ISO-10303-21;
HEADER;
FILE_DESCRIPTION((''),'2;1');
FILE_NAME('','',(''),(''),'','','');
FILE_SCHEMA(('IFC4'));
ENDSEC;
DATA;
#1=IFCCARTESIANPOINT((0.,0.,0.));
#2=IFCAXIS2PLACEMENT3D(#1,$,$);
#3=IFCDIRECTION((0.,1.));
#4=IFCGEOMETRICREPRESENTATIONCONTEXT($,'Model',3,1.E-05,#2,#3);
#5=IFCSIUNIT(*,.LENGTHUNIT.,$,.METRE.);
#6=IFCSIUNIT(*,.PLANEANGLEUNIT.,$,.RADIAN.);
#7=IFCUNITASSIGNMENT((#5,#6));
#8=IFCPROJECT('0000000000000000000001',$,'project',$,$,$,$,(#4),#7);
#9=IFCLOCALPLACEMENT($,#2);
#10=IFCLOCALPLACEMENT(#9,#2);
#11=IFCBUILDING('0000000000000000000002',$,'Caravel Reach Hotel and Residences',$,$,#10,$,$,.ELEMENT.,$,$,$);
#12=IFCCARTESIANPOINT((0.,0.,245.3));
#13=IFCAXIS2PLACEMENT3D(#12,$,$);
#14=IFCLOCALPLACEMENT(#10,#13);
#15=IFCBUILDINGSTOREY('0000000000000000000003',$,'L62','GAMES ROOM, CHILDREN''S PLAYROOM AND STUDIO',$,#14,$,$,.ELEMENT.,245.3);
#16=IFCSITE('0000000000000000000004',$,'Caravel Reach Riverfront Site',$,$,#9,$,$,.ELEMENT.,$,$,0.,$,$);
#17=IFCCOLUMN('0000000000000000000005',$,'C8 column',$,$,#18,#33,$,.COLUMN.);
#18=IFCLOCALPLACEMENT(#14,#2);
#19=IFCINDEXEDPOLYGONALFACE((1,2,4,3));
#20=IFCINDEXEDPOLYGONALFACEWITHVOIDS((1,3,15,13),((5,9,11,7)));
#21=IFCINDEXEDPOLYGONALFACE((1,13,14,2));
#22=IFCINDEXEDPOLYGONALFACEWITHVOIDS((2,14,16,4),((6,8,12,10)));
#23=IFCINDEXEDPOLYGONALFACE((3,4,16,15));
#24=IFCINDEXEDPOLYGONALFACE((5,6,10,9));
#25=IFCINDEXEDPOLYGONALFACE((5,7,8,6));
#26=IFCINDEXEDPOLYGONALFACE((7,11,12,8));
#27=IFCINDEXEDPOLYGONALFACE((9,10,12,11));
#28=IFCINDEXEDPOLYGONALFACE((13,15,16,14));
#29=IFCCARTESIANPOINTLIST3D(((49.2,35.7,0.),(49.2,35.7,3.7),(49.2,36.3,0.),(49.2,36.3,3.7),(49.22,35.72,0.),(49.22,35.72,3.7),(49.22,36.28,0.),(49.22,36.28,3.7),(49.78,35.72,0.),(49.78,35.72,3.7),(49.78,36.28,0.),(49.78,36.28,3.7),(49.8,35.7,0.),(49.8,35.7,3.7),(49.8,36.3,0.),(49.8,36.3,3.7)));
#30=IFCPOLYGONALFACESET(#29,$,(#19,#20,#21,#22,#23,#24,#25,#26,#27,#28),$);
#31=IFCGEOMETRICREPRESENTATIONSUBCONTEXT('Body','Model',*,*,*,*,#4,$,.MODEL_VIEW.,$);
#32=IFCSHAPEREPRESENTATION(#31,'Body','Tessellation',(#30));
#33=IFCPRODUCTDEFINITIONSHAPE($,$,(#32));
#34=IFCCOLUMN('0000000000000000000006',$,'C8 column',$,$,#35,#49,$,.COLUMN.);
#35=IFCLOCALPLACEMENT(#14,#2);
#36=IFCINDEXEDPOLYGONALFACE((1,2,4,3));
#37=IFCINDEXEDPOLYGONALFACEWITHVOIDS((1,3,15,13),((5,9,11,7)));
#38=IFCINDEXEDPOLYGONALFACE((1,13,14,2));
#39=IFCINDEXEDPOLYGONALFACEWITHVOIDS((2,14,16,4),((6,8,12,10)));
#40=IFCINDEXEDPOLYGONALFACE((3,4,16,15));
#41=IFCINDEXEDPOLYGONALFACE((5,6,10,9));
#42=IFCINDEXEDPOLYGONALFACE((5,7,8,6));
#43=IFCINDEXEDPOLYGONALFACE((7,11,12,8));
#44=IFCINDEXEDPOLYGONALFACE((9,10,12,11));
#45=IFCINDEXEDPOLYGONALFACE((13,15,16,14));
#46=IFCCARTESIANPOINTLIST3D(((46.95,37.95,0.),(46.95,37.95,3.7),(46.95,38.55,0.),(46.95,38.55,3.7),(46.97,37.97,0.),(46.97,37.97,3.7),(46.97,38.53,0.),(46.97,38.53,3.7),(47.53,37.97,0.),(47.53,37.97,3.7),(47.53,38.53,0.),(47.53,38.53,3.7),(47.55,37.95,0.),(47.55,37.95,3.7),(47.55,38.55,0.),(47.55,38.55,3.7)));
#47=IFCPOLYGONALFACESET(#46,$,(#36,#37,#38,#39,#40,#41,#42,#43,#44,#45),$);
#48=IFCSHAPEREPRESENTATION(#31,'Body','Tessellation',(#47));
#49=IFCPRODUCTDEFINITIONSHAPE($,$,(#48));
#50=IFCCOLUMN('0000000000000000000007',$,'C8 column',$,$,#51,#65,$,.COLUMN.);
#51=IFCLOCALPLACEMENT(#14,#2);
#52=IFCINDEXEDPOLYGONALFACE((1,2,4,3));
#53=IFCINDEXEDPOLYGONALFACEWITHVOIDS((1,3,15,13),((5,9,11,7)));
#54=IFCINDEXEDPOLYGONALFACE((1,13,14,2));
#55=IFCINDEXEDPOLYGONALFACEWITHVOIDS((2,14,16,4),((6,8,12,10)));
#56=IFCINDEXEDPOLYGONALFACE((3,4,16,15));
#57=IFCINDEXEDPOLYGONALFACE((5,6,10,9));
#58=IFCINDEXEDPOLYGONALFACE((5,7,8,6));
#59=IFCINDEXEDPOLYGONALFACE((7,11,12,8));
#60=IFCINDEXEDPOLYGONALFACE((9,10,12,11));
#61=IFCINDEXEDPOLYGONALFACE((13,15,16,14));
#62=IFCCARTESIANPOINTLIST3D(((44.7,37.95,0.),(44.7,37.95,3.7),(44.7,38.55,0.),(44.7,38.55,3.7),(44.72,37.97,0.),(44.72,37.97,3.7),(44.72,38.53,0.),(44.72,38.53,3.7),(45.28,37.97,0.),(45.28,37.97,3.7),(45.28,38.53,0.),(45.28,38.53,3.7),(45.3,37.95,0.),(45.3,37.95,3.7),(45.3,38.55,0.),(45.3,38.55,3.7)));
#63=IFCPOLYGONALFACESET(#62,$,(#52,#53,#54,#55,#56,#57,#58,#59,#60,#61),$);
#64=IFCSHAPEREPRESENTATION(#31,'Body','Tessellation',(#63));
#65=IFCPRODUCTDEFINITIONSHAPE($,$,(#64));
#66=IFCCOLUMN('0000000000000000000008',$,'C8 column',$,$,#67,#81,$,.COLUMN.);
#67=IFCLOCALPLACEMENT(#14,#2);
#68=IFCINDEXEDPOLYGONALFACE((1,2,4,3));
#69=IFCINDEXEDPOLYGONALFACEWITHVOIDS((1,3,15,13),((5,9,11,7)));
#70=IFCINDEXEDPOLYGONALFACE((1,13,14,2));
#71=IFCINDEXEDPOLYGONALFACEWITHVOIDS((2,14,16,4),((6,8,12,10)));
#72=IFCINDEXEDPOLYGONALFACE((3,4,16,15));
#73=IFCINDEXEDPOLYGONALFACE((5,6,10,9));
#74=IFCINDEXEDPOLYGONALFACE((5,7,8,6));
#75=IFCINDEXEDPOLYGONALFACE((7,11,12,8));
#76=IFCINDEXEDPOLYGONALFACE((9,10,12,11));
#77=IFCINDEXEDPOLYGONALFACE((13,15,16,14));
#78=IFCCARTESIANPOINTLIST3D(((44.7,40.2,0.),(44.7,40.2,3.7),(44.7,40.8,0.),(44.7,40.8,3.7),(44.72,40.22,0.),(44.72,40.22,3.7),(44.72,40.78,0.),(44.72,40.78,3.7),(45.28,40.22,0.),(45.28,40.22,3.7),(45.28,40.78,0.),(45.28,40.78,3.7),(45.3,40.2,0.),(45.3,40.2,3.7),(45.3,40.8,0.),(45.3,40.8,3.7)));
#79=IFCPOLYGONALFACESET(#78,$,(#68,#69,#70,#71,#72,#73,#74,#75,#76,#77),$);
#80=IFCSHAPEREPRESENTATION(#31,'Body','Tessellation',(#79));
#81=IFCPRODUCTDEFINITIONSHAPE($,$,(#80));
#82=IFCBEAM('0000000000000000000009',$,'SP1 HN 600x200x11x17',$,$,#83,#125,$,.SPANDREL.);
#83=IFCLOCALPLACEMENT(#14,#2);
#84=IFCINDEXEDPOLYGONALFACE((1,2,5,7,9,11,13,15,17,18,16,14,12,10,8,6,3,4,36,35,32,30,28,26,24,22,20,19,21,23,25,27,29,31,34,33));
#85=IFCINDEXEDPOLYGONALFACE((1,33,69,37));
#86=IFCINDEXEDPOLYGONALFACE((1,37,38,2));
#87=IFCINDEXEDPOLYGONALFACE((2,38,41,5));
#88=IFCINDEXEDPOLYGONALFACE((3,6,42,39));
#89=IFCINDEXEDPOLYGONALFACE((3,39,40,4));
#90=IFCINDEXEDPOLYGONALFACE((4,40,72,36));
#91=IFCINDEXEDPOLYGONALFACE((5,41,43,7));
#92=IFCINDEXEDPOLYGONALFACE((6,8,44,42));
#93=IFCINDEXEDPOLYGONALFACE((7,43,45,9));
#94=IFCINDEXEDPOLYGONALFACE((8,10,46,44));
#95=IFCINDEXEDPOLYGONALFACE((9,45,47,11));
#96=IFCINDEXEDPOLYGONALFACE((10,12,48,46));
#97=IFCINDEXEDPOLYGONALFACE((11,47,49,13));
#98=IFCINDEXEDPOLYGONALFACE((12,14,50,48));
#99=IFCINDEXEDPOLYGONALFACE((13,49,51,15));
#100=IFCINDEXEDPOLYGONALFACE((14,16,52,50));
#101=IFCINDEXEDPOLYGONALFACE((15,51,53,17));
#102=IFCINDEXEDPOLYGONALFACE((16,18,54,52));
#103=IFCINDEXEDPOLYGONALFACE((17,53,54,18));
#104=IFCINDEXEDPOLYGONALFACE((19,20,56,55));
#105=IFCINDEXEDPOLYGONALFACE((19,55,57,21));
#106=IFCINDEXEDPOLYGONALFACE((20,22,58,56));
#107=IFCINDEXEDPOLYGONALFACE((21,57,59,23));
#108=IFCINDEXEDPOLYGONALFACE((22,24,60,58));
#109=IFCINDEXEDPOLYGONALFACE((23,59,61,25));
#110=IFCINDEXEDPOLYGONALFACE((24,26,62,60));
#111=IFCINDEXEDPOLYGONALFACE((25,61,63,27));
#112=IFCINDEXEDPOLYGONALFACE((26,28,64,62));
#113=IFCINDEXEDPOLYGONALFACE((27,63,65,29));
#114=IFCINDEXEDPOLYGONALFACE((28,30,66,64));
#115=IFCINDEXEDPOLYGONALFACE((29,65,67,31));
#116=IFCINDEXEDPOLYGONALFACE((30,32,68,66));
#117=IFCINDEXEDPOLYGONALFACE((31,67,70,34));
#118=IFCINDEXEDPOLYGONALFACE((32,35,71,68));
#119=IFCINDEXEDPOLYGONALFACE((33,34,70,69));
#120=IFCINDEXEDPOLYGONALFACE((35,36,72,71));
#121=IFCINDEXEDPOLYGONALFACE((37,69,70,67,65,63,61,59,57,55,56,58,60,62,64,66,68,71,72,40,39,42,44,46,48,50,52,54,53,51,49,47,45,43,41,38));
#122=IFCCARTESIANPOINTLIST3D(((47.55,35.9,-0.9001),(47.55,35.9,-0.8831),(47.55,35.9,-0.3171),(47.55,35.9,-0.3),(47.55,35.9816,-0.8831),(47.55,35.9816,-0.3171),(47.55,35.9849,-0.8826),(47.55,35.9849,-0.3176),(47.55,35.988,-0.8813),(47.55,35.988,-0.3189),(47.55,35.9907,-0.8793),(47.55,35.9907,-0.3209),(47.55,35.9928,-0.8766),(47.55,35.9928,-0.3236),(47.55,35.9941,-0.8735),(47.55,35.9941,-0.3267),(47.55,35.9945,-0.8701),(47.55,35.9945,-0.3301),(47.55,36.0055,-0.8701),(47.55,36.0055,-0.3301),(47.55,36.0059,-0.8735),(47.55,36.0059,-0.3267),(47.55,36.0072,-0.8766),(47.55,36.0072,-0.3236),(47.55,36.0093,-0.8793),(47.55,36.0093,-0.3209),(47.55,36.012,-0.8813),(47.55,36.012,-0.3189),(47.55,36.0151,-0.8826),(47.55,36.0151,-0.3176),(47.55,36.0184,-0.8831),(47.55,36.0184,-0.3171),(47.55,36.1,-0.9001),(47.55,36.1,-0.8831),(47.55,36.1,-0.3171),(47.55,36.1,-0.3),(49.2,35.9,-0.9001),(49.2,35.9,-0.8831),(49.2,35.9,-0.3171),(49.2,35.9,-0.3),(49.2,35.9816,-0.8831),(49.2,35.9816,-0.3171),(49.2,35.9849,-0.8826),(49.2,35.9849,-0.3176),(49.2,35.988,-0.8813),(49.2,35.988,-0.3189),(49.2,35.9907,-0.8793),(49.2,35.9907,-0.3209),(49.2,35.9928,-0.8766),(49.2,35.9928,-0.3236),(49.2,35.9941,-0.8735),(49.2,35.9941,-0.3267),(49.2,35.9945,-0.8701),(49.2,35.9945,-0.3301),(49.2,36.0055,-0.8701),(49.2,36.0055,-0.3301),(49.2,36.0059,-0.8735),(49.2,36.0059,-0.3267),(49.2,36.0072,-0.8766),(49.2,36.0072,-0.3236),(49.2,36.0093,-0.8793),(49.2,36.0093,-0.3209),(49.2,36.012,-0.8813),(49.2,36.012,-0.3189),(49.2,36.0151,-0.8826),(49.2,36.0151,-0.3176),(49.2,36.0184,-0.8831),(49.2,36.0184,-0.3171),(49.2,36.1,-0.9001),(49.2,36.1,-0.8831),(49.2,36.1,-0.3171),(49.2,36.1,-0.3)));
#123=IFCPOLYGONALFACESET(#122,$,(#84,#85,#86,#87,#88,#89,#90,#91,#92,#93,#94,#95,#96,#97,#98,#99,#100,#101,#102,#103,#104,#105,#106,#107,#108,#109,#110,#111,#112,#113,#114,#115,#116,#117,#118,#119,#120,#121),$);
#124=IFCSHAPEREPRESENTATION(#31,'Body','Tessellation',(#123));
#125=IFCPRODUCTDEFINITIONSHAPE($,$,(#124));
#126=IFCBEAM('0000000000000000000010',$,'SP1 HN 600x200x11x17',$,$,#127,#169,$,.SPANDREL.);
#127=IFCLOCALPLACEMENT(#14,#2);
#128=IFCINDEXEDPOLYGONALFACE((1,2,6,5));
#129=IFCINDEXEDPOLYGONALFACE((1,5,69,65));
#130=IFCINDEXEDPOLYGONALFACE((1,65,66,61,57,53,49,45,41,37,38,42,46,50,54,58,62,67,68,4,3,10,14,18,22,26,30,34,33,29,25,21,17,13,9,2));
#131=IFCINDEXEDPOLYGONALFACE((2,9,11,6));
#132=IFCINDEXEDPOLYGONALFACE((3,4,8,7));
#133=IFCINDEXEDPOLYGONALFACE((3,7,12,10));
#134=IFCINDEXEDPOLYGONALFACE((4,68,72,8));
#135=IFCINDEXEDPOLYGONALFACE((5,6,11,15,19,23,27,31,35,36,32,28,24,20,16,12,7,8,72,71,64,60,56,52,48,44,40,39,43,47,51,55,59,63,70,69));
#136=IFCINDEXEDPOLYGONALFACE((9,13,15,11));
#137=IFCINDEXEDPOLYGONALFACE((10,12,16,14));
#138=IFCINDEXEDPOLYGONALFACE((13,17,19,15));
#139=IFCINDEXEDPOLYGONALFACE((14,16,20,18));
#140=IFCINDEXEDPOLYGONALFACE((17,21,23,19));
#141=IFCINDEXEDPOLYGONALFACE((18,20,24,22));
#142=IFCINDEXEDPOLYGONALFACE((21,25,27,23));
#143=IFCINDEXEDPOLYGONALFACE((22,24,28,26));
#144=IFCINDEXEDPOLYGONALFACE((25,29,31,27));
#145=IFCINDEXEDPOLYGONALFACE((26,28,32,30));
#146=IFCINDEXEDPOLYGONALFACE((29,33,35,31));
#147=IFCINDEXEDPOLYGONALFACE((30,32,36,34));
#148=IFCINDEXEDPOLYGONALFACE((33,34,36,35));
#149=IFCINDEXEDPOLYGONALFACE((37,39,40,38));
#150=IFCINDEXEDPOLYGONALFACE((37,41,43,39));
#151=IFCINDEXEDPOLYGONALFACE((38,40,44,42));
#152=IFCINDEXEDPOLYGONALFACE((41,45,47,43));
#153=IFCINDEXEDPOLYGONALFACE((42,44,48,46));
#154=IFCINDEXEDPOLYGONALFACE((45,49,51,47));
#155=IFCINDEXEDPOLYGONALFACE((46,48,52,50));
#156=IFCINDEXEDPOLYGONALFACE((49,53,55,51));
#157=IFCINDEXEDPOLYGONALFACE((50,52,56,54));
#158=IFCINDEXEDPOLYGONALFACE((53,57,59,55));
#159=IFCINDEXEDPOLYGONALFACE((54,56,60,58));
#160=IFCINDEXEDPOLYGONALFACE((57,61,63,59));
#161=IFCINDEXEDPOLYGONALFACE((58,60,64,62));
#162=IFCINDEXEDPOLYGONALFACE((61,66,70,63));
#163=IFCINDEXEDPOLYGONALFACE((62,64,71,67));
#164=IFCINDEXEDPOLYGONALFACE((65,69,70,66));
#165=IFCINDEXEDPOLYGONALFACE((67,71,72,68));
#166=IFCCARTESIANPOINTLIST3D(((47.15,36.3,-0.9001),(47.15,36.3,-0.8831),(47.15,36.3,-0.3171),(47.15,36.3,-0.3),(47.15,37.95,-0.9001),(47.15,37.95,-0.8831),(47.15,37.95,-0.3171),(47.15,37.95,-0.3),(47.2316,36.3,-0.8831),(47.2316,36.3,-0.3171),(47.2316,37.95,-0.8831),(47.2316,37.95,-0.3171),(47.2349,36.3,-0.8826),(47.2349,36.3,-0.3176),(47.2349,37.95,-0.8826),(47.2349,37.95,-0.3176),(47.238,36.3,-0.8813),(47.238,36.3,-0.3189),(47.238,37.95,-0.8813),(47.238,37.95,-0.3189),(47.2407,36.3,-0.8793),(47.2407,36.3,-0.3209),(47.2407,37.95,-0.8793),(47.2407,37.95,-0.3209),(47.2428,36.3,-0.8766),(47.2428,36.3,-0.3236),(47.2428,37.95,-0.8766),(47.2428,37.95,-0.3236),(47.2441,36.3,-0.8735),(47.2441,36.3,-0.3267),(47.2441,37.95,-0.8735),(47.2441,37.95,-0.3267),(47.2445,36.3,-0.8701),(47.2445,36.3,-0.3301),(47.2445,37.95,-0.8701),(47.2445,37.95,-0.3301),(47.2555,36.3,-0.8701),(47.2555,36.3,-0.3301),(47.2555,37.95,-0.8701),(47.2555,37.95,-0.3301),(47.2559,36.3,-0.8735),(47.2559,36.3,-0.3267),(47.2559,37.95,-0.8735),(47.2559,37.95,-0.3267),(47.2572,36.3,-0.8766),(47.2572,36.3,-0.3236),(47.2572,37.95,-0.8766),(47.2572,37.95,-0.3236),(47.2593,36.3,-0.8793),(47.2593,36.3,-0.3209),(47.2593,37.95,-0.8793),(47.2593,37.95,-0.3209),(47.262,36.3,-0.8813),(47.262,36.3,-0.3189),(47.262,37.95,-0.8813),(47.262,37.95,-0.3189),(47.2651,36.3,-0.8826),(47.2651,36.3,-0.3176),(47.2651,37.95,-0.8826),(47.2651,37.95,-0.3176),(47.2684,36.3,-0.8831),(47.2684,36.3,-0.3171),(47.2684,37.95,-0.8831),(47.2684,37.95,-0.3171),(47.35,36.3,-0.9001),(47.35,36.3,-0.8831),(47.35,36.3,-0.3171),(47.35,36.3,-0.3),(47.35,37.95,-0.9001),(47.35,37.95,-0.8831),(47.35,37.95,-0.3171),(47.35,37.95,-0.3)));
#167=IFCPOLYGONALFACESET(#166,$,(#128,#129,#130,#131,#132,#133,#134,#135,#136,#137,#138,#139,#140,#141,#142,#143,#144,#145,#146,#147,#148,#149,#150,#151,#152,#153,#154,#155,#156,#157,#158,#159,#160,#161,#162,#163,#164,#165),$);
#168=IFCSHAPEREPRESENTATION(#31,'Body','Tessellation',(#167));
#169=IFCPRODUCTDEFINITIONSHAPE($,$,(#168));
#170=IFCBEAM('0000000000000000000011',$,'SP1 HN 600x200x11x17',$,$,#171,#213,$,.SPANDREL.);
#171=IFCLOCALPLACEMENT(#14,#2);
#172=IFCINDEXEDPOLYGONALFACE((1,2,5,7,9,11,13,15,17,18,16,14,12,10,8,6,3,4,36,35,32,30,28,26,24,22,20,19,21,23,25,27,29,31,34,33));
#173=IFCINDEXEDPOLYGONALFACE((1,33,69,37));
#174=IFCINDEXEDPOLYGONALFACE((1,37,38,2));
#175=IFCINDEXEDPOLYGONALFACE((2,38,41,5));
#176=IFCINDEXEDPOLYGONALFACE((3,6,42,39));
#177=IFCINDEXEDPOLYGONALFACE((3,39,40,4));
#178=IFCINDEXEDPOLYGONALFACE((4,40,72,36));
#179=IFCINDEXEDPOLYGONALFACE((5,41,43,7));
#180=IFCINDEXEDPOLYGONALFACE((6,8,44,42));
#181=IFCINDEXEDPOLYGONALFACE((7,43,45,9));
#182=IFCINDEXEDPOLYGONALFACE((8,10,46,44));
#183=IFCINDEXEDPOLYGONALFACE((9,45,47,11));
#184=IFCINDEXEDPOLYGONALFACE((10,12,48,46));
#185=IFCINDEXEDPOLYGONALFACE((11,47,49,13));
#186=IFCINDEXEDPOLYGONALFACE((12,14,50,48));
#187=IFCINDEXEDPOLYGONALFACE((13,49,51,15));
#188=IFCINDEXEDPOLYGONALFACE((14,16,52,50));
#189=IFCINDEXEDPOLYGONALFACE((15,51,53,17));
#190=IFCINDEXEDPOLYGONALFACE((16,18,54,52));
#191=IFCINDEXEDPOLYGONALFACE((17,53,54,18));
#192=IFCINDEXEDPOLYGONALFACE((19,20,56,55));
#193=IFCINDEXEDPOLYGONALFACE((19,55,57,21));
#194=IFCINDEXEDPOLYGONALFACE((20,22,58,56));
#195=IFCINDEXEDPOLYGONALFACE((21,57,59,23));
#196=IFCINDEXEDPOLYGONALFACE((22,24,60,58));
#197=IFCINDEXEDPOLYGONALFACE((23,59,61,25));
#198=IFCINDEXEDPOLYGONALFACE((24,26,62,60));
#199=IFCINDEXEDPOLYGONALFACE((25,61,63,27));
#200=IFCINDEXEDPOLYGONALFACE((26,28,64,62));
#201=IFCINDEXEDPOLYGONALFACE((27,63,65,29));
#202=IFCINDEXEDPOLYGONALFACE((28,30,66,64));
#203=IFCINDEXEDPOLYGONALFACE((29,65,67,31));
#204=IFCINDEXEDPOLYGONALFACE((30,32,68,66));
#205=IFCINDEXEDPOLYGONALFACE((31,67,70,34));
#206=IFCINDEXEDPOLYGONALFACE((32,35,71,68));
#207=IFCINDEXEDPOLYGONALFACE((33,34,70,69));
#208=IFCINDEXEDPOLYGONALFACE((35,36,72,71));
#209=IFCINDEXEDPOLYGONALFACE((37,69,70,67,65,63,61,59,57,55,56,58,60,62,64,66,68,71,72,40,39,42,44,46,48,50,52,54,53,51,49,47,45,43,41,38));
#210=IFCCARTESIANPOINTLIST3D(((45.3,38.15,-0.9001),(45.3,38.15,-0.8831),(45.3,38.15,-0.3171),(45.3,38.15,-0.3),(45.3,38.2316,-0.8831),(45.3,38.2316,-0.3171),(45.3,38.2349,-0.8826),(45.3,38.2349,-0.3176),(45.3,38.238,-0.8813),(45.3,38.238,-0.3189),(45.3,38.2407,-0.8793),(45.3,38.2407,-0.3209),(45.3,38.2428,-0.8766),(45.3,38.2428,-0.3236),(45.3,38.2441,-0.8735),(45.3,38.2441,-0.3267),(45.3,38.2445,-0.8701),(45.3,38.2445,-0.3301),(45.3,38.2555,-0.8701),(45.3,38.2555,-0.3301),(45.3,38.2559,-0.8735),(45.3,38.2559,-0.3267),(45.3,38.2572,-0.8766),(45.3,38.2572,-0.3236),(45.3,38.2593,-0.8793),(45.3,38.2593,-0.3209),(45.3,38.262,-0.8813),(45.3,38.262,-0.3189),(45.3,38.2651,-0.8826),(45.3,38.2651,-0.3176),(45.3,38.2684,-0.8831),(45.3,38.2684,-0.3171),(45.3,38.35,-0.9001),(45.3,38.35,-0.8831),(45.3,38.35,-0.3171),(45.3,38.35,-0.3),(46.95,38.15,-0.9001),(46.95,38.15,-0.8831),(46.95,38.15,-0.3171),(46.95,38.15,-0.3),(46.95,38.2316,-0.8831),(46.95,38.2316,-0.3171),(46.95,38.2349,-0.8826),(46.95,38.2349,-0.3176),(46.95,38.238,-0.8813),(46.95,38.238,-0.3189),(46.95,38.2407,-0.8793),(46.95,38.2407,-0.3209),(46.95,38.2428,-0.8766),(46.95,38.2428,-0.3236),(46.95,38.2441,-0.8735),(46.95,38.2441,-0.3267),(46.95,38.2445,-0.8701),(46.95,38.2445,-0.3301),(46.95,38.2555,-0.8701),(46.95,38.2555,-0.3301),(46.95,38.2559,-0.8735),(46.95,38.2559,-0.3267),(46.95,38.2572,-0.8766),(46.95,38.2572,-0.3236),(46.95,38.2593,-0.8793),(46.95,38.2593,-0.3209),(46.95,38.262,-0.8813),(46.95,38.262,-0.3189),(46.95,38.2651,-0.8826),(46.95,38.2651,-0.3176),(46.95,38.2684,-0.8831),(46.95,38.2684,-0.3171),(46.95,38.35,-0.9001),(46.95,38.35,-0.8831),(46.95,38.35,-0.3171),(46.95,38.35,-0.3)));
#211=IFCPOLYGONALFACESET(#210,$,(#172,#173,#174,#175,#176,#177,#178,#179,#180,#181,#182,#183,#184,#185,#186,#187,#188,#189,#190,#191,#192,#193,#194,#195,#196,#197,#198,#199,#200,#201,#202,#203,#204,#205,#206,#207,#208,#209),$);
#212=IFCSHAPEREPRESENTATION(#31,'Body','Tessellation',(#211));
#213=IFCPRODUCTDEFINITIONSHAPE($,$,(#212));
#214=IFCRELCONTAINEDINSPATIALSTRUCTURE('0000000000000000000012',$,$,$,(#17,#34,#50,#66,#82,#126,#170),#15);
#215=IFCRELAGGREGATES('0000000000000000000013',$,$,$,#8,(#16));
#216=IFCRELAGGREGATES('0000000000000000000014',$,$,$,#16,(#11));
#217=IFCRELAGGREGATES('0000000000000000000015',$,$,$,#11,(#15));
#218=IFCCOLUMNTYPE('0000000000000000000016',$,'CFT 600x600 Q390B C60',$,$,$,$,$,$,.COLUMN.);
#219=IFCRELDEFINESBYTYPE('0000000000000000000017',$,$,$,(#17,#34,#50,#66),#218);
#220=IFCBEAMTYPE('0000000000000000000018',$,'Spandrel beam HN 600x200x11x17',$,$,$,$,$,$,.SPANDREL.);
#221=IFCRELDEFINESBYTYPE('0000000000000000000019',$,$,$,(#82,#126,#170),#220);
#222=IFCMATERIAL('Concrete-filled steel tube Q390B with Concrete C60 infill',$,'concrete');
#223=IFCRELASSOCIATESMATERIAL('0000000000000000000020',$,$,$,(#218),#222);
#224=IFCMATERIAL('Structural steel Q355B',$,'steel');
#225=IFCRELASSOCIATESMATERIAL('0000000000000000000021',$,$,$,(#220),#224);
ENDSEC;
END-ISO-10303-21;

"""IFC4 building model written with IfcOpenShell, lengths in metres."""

from ifc_helpers import new_model, si_unit, direction, frame, origin, origin_2d, place, context, subcontext, project, spatial, hollow_rectangle, i_section, extrude, material, material_profile, profile_set, type_object, element, save


model = new_model("IFC4")

# Units and contexts
model_context = context("Model", 3, precision=1e-05, world=origin(), true_north=direction((0.0, 1.0)))
body_context = subcontext(model_context, "Body", "Model", "MODEL_VIEW")
ifc_project = project(units=[si_unit("LENGTHUNIT", "METRE"), si_unit("PLANEANGLEUNIT", "RADIAN")], contexts=[model_context])

# Site, building, storey
site_placement = place(None, origin())
site = spatial("IfcSite", under=ifc_project, at=site_placement, Name="Caravel Reach Riverfront Site", CompositionType="ELEMENT", RefElevation=0.0)
building_placement = place(site_placement, origin())
building = spatial("IfcBuilding", under=site, at=building_placement, Name="Caravel Reach Hotel and Residences", CompositionType="ELEMENT")
storey_placement = place(building_placement, frame((0.0, 0.0, 245.3)))
storey = spatial("IfcBuildingStorey", under=building, at=storey_placement, Name="L62", Description="GAMES ROOM, CHILDREN'S PLAYROOM AND STUDIO", CompositionType="ELEMENT", Elevation=245.3)

# Columns
ifc_material_1 = material(Name="Concrete-filled steel tube Q390B with Concrete C60 infill", Category="concrete")
ifc_material_profile_1 = material_profile(ifc_material_1, hollow_rectangle(XDim=0.6001, YDim=0.6001, WallThickness=0.02, at=origin_2d()), Name="RHS 600x600x20")
ifc_profile_set_1 = profile_set([ifc_material_profile_1], Name="Concrete-filled steel tube Q390B with Concrete C60 infill")
column_type = type_object("IfcColumnType", Name="CFT 600x600 Q390B C60", PredefinedType="COLUMN", material=ifc_profile_set_1)
for number, where, z_axis, x_axis, name in (
    (1, (49.5, 36.0, 0.0), (0.0, 0.0, 1.0), (1.0, 0.0, 0.0), "C8 column"),
    (2, (47.25, 38.25, 0.0), (0.0, 0.0, 1.0), (1.0, 0.0, 0.0), "C8 column"),
    (3, (45.0, 38.25, 0.0), (0.0, 0.0, 1.0), (1.0, 0.0, 0.0), "C8 column"),
    (4, (45.0, 40.5, 0.0), (0.0, 0.0, 1.0), (1.0, 0.0, 0.0), "C8 column"),
):
    element("IfcColumn", number, at=place(storey_placement, frame(where, z_axis=z_axis, x_axis=x_axis)), inside=storey, type_object=column_type, Name=name, PredefinedType="COLUMN", context=body_context, shape_type="SweptSolid", body=[
        extrude(hollow_rectangle(XDim=0.6001, YDim=0.6001, WallThickness=0.02, at=origin_2d()), origin(), (0.0, 0.0, 1.0), 3.7),
    ])

# Beams
ifc_material_2 = material(Name="Structural steel Q355B", Category="steel")
ifc_material_profile_2 = material_profile(ifc_material_2, i_section(OverallWidth=0.2, OverallDepth=0.6001, WebThickness=0.011, FlangeThickness=0.0171, FilletRadius=0.0129, at=origin_2d()), Name="HN 600x200x11x17")
ifc_profile_set_2 = profile_set([ifc_material_profile_2], Name="Structural steel Q355B")
beam_type = type_object("IfcBeamType", Name="Spandrel beam HN 600x200x11x17", PredefinedType="SPANDREL", material=ifc_profile_set_2)
for number, where, z_axis, x_axis, name in (
    (5, (49.2, 36.0, -0.6001), (-1.0, 0.0, 0.0), (0.0, -1.0, 0.0), "SP1 HN 600x200x11x17"),
    (6, (47.25, 36.3, -0.6001), (0.0, 1.0, 0.0), (-1.0, 0.0, 0.0), "SP1 HN 600x200x11x17"),
    (7, (46.95, 38.25, -0.6001), (-1.0, 0.0, 0.0), (0.0, -1.0, 0.0), "SP1 HN 600x200x11x17"),
):
    element("IfcBeam", number, at=place(storey_placement, frame(where, z_axis=z_axis, x_axis=x_axis)), inside=storey, type_object=beam_type, Name=name, PredefinedType="SPANDREL", context=body_context, shape_type="SweptSolid", body=[
        extrude(i_section(OverallWidth=0.2, OverallDepth=0.6001, WebThickness=0.011, FlangeThickness=0.0171, FilletRadius=0.0129, at=origin_2d()), origin(), (0.0, 0.0, 1.0), 1.6499),
    ])

save(model, "model.ifc")
